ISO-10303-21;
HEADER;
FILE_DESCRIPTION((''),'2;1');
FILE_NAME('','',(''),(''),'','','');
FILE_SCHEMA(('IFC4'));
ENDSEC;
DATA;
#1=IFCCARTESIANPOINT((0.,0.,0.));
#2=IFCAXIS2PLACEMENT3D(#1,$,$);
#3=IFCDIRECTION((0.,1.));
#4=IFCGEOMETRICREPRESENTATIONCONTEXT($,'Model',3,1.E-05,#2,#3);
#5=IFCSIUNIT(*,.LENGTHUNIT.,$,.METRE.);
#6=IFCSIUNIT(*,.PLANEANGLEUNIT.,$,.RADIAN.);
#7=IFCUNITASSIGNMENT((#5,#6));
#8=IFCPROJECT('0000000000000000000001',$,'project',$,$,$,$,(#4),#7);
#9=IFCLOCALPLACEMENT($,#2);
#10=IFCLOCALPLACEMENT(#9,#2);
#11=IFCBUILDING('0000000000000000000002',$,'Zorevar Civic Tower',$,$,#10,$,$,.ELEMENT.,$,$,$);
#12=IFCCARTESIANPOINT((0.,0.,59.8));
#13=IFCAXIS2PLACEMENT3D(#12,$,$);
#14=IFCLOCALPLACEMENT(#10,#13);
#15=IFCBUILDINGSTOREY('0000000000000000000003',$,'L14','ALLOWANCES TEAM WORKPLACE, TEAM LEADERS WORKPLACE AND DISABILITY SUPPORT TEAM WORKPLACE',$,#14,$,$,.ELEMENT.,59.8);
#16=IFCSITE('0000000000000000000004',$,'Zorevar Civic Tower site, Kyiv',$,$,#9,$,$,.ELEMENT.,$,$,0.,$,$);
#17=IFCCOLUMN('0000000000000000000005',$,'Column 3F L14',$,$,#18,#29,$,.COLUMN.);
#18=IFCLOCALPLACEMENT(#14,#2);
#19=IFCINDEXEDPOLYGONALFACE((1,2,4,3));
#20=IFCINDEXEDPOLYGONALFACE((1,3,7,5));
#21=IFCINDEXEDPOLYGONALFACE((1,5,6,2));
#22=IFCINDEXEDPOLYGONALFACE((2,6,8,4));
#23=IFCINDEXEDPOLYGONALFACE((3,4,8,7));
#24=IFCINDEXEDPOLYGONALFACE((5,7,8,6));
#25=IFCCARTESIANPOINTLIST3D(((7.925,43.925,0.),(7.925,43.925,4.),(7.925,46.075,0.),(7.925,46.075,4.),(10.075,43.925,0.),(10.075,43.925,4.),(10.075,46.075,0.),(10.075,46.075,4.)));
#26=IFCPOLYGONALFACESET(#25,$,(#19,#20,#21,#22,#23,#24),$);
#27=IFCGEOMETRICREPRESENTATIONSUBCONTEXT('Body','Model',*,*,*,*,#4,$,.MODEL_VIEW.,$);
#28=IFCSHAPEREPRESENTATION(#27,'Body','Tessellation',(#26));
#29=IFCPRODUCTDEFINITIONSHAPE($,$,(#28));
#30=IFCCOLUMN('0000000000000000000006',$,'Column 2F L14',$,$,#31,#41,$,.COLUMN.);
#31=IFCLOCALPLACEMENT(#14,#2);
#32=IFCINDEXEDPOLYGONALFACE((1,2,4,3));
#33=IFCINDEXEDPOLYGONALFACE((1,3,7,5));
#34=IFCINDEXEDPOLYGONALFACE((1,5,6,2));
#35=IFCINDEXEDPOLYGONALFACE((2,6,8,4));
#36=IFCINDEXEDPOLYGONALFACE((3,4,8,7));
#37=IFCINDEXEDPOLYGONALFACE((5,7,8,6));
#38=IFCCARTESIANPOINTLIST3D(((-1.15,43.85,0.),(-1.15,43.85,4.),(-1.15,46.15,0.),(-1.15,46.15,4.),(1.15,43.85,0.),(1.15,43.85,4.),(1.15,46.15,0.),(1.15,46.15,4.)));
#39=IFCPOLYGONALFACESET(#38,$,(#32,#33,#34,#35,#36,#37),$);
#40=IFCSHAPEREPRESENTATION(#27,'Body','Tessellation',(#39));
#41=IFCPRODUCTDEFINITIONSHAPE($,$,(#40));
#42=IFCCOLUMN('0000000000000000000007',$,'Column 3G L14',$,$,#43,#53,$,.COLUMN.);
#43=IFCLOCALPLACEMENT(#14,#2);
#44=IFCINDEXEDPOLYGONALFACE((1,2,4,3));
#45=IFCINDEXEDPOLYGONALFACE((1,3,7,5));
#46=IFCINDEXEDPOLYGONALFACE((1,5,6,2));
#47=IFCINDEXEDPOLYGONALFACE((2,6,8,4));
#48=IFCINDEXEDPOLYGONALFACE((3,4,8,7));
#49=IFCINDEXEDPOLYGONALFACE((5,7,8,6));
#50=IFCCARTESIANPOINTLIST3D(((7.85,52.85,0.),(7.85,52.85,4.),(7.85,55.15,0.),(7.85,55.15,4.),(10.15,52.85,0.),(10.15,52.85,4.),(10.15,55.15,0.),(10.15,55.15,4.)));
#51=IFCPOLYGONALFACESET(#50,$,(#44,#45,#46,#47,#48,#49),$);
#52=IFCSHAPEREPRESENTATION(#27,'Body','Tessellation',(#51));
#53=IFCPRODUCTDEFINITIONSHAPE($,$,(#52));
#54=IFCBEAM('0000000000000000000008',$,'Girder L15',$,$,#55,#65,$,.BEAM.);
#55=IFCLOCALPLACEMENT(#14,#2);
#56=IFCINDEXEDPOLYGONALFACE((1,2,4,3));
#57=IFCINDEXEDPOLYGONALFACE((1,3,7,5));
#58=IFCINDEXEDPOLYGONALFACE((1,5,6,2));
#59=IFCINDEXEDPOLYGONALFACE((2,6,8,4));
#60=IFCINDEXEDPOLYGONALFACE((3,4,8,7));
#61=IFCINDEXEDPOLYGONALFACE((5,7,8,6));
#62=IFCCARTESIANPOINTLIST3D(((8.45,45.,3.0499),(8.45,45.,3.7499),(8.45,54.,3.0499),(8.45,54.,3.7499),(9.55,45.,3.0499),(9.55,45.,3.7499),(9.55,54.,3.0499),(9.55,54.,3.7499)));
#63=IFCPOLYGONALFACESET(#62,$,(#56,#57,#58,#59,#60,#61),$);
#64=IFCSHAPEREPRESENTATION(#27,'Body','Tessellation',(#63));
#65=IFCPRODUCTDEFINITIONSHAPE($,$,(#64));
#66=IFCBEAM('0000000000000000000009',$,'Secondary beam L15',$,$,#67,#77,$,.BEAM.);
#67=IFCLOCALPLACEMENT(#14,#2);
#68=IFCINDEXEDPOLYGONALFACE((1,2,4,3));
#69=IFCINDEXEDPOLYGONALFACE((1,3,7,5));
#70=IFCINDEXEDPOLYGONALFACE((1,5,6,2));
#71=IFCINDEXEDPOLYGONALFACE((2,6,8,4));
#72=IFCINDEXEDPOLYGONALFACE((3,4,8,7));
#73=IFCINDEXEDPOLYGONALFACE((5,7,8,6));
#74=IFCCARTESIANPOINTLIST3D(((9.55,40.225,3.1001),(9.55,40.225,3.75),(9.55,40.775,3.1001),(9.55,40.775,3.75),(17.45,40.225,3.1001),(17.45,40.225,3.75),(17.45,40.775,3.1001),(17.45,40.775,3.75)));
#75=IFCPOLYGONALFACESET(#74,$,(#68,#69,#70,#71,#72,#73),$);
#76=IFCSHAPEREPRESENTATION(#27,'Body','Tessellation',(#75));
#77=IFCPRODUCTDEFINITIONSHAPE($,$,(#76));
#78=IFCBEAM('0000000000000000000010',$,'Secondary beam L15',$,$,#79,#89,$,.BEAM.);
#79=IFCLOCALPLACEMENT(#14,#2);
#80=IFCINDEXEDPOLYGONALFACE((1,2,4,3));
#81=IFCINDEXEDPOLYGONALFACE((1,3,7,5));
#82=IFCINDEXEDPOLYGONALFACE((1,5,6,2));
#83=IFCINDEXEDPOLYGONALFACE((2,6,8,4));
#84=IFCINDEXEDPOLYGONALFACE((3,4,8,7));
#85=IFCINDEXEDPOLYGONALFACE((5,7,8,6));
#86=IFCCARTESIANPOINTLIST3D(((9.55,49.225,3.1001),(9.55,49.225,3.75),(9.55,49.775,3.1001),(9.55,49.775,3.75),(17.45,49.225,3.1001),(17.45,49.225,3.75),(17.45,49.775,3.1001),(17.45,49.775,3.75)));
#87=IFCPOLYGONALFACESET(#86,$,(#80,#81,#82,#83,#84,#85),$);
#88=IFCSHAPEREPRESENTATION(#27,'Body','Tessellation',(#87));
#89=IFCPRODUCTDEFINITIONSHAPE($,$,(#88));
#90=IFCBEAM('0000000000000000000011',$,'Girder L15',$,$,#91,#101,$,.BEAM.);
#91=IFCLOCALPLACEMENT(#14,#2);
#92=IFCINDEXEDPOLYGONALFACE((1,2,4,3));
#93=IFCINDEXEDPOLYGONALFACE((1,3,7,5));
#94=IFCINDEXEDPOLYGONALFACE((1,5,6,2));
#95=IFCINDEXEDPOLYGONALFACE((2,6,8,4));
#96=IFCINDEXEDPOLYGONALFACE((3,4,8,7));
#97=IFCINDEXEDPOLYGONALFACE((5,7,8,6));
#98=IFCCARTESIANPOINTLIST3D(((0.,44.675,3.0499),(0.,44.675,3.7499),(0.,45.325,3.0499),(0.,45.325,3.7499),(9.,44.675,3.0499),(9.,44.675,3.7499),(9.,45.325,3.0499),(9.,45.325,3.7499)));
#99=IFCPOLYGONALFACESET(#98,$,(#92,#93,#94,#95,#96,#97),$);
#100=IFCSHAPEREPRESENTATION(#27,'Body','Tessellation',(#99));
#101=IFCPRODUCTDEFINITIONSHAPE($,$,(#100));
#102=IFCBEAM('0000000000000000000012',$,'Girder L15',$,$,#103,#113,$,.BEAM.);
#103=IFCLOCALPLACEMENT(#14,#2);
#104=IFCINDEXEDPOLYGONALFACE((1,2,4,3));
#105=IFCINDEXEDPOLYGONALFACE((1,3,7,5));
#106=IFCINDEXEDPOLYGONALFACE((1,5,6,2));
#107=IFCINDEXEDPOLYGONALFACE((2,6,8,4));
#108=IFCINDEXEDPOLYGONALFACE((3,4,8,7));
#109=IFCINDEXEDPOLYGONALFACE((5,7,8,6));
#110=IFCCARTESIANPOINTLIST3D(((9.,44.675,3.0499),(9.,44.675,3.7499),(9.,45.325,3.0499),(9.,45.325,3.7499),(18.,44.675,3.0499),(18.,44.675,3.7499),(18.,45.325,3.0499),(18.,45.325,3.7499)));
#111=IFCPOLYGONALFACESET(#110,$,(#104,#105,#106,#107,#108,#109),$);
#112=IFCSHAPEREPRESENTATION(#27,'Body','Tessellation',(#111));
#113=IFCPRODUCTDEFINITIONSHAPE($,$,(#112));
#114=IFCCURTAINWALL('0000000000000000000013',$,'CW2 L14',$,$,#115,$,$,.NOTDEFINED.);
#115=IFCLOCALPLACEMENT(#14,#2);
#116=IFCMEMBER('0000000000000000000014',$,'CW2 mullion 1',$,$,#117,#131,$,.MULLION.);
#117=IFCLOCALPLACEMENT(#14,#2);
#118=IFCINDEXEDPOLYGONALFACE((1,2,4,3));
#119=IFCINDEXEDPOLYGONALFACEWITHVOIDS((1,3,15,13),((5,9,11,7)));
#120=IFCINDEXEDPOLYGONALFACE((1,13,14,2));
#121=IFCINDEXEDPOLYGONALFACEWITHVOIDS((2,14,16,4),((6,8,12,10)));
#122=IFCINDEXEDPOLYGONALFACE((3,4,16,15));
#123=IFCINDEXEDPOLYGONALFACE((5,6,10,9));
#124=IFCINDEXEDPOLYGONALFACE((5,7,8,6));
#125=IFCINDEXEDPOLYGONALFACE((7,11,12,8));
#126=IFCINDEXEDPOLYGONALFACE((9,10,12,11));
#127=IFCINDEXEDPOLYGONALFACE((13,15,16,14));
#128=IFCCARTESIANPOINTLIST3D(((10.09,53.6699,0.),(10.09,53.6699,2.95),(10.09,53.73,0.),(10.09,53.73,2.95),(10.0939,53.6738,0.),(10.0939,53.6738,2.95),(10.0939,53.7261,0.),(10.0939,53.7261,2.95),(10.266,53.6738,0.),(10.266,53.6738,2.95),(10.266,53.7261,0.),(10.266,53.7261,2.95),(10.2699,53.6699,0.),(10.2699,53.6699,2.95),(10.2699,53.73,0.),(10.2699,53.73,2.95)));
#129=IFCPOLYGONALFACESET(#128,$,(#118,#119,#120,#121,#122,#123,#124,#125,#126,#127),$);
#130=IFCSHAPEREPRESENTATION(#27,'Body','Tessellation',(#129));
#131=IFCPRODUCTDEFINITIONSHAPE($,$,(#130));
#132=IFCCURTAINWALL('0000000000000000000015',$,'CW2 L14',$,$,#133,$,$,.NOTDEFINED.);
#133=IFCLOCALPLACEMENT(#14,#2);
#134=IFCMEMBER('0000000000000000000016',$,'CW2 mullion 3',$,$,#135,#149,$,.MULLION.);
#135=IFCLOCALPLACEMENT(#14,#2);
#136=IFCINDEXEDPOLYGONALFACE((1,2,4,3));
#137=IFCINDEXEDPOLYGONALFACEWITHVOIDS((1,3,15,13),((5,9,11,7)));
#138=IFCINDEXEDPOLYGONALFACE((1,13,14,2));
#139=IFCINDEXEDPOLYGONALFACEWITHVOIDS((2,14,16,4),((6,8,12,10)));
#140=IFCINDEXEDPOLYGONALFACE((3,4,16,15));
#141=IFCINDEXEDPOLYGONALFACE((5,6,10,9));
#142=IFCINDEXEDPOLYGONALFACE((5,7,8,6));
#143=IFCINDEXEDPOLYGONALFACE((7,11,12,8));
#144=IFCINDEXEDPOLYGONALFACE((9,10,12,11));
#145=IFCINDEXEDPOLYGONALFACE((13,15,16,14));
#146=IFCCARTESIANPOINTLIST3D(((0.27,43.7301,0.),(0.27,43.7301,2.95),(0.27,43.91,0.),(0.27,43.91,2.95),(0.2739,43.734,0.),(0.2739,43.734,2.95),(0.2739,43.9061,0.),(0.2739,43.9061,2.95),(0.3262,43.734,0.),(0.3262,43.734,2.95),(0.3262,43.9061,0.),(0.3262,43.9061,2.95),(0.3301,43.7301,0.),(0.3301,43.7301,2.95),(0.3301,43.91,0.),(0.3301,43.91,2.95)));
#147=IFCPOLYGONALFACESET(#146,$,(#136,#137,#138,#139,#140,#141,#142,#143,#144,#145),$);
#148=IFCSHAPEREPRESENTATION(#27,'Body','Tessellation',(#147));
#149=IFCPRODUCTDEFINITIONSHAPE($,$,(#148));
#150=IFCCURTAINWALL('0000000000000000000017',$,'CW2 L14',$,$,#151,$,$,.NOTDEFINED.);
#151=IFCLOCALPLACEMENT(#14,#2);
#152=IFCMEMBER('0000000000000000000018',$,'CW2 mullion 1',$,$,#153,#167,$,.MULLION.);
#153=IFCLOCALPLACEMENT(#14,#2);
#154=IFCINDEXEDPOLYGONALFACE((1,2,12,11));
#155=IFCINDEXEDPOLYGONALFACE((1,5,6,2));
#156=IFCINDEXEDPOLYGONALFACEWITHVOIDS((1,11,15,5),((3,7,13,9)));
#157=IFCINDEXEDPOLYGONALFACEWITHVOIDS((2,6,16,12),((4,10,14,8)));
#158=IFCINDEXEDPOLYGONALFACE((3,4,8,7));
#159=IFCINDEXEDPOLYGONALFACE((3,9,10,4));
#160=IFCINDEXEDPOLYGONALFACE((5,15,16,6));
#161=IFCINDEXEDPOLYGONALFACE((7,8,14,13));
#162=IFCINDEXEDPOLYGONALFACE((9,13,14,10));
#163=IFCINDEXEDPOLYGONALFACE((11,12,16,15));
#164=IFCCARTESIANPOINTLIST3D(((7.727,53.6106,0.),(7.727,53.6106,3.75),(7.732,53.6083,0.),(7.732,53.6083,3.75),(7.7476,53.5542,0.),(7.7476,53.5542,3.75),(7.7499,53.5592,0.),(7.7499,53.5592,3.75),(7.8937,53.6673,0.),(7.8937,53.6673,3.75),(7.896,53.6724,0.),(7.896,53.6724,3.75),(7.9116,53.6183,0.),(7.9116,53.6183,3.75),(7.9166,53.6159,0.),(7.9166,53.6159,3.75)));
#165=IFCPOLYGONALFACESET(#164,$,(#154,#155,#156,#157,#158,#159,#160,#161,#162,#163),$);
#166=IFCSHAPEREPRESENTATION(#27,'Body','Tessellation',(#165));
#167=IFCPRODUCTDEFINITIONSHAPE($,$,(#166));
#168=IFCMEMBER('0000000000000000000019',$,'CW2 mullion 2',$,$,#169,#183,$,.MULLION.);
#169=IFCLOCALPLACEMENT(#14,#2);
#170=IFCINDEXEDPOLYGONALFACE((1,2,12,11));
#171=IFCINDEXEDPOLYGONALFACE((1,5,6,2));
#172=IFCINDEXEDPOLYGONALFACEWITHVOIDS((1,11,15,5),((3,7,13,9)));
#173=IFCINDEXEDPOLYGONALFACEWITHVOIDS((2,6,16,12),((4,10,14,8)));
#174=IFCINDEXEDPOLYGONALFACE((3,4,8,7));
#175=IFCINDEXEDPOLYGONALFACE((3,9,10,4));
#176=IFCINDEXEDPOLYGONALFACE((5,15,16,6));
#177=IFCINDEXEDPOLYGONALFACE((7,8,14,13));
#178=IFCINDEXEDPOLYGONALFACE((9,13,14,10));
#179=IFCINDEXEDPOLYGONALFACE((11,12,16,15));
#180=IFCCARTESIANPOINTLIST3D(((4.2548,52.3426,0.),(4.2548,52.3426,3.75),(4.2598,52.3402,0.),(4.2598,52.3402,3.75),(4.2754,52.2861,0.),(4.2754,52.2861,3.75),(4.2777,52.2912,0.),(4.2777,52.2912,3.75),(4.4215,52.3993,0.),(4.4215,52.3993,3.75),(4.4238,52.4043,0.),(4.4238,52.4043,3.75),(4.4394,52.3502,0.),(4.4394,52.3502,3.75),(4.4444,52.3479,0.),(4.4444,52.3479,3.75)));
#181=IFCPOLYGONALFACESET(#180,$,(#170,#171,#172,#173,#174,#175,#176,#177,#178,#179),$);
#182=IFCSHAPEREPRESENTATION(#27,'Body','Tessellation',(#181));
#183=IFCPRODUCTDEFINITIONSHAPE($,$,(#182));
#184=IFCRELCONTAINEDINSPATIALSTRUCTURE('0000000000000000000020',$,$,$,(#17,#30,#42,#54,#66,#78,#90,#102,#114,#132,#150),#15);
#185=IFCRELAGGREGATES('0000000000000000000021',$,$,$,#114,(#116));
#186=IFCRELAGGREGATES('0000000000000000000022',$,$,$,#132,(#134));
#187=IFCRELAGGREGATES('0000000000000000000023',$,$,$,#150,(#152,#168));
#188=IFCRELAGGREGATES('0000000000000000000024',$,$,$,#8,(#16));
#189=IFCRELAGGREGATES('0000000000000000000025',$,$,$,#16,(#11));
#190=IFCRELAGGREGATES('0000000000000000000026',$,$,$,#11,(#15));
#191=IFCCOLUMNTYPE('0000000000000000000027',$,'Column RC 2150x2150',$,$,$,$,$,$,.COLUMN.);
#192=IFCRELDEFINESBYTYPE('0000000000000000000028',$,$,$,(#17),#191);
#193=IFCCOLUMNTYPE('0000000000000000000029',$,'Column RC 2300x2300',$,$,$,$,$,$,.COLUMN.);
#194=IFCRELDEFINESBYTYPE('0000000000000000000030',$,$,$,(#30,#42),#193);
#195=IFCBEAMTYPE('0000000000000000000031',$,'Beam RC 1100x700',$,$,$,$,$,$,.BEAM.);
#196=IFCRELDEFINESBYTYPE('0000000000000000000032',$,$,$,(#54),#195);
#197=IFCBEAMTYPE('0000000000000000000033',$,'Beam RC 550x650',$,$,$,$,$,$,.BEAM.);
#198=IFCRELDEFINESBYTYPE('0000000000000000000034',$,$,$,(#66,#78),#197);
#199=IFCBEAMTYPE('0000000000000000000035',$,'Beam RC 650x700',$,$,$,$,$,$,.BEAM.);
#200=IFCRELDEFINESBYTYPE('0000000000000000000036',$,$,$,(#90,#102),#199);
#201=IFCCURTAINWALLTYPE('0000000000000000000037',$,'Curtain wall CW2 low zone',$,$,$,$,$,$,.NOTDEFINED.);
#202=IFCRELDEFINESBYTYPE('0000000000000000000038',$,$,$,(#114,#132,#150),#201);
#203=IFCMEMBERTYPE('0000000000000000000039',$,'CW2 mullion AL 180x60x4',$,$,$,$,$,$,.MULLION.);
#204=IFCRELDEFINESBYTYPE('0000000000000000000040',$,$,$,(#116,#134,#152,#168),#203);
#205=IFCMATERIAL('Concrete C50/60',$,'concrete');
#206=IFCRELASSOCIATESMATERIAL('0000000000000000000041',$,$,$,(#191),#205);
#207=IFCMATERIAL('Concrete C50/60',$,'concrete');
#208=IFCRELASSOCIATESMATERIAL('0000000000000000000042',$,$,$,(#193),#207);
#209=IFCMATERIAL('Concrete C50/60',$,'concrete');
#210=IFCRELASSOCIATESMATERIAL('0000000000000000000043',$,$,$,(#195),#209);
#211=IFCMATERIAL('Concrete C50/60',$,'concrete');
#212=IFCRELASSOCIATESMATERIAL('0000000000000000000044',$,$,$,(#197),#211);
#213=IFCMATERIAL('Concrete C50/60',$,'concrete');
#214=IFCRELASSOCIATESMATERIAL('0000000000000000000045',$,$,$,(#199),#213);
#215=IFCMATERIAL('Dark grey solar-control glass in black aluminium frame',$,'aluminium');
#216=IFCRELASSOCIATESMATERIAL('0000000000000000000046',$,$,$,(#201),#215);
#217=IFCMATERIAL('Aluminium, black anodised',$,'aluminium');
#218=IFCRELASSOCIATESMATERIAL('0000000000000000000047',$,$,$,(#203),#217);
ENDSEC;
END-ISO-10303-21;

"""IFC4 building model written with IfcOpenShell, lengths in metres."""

from ifc_helpers import new_model, si_unit, direction, frame, origin, origin_2d, place, context, subcontext, project, spatial, rectangle, hollow_rectangle, extrude, material, material_profile, profile_set, type_object, element, aggregate, save


model = new_model("IFC4")

# Units and contexts
model_context = context("Model", 3, precision=1e-05, world=origin(), true_north=direction((0.0, 1.0)))
body_context = subcontext(model_context, "Body", "Model", "MODEL_VIEW")
ifc_project = project(units=[si_unit("LENGTHUNIT", "METRE"), si_unit("PLANEANGLEUNIT", "RADIAN")], contexts=[model_context])

# Site, building, storey
site_placement = place(None, origin())
site = spatial("IfcSite", under=ifc_project, at=site_placement, Name="Zorevar Civic Tower site, Kyiv", CompositionType="ELEMENT", RefElevation=0.0)
building_placement = place(site_placement, origin())
building = spatial("IfcBuilding", under=site, at=building_placement, Name="Zorevar Civic Tower", CompositionType="ELEMENT")
storey_placement = place(building_placement, frame((0.0, 0.0, 59.8)))
storey = spatial("IfcBuildingStorey", under=building, at=storey_placement, Name="L14", Description="ALLOWANCES TEAM WORKPLACE, TEAM LEADERS WORKPLACE AND DISABILITY SUPPORT TEAM WORKPLACE", CompositionType="ELEMENT", Elevation=59.8)

# Columns
ifc_material_1 = material(Name="Concrete C50/60", Category="concrete")
ifc_material_profile_1 = material_profile(ifc_material_1, rectangle(XDim=2.1499, YDim=2.1499, at=origin_2d()), Name="RC 2150x2150")
ifc_profile_set_1 = profile_set([ifc_material_profile_1], Name="Concrete C50/60")
column_type_1 = type_object("IfcColumnType", Name="Column RC 2150x2150", PredefinedType="COLUMN", material=ifc_profile_set_1)
column_placement = place(storey_placement, frame((9.0, 45.0, 0.0), z_axis=(0.0, 0.0, 1.0), x_axis=(1.0, 0.0, 0.0)))
element("IfcColumn", 1, at=column_placement, inside=storey, type_object=column_type_1, Name="Column 3F L14", PredefinedType="COLUMN", context=body_context, shape_type="SweptSolid", body=[
    extrude(rectangle(XDim=2.1499, YDim=2.1499, at=origin_2d()), origin(), (0.0, 0.0, 1.0), 4.0),
])
ifc_material_2 = material(Name="Concrete C50/60", Category="concrete")
ifc_material_profile_2 = material_profile(ifc_material_2, rectangle(XDim=2.3, YDim=2.3, at=origin_2d()), Name="RC 2300x2300")
ifc_profile_set_2 = profile_set([ifc_material_profile_2], Name="Concrete C50/60")
column_type_2 = type_object("IfcColumnType", Name="Column RC 2300x2300", PredefinedType="COLUMN", material=ifc_profile_set_2)
for number, where, z_axis, x_axis, name in (
    (2, (0.0, 45.0, 0.0), (0.0, 0.0, 1.0), (1.0, 0.0, 0.0), "Column 2F L14"),
    (3, (9.0, 54.0, 0.0), (0.0, 0.0, 1.0), (1.0, 0.0, 0.0), "Column 3G L14"),
):
    element("IfcColumn", number, at=place(storey_placement, frame(where, z_axis=z_axis, x_axis=x_axis)), inside=storey, type_object=column_type_2, Name=name, PredefinedType="COLUMN", context=body_context, shape_type="SweptSolid", body=[
        extrude(rectangle(XDim=2.3, YDim=2.3, at=origin_2d()), origin(), (0.0, 0.0, 1.0), 4.0),
    ])

# Beams
ifc_material_3 = material(Name="Concrete C50/60", Category="concrete")
ifc_material_profile_3 = material_profile(ifc_material_3, rectangle(XDim=1.1001, YDim=0.7, at=origin_2d()), Name="RC 1100x700")
ifc_profile_set_3 = profile_set([ifc_material_profile_3], Name="Concrete C50/60")
beam_type_1 = type_object("IfcBeamType", Name="Beam RC 1100x700", PredefinedType="BEAM", material=ifc_profile_set_3)
beam_1_placement = place(storey_placement, frame((9.0, 45.0, 3.3999), z_axis=(0.0, 1.0, 0.0), x_axis=(-1.0, 0.0, 0.0)))
element("IfcBeam", 4, at=beam_1_placement, inside=storey, type_object=beam_type_1, Name="Girder L15", PredefinedType="BEAM", context=body_context, shape_type="SweptSolid", body=[
    extrude(rectangle(XDim=1.1001, YDim=0.7, at=origin_2d()), origin(), (0.0, 0.0, 1.0), 9.0),
])
ifc_material_4 = material(Name="Concrete C50/60", Category="concrete")
ifc_material_profile_4 = material_profile(ifc_material_4, rectangle(XDim=0.55, YDim=0.6499, at=origin_2d()), Name="RC 550x650")
ifc_profile_set_4 = profile_set([ifc_material_profile_4], Name="Concrete C50/60")
beam_type_2 = type_object("IfcBeamType", Name="Beam RC 550x650", PredefinedType="BEAM", material=ifc_profile_set_4)
for number, where, z_axis, x_axis, name in (
    (5, (9.55, 40.5, 3.425), (1.0, 0.0, 0.0), (0.0, 1.0, 0.0), "Secondary beam L15"),
    (6, (9.55, 49.5, 3.425), (1.0, 0.0, 0.0), (0.0, 1.0, 0.0), "Secondary beam L15"),
):
    element("IfcBeam", number, at=place(storey_placement, frame(where, z_axis=z_axis, x_axis=x_axis)), inside=storey, type_object=beam_type_2, Name=name, PredefinedType="BEAM", context=body_context, shape_type="SweptSolid", body=[
        extrude(rectangle(XDim=0.55, YDim=0.6499, at=origin_2d()), origin(), (0.0, 0.0, 1.0), 7.8999),
    ])
ifc_material_5 = material(Name="Concrete C50/60", Category="concrete")
ifc_material_profile_5 = material_profile(ifc_material_5, rectangle(XDim=0.6499, YDim=0.7, at=origin_2d()), Name="RC 650x700")
ifc_profile_set_5 = profile_set([ifc_material_profile_5], Name="Concrete C50/60")
beam_type_3 = type_object("IfcBeamType", Name="Beam RC 650x700", PredefinedType="BEAM", material=ifc_profile_set_5)
for number, where, z_axis, x_axis, name in (
    (7, (0.0, 45.0, 3.3999), (1.0, 0.0, 0.0), (0.0, 1.0, 0.0), "Girder L15"),
    (8, (9.0, 45.0, 3.3999), (1.0, 0.0, 0.0), (0.0, 1.0, 0.0), "Girder L15"),
):
    element("IfcBeam", number, at=place(storey_placement, frame(where, z_axis=z_axis, x_axis=x_axis)), inside=storey, type_object=beam_type_3, Name=name, PredefinedType="BEAM", context=body_context, shape_type="SweptSolid", body=[
        extrude(rectangle(XDim=0.6499, YDim=0.7, at=origin_2d()), origin(), (0.0, 0.0, 1.0), 9.0),
    ])

# Curtain walls, members
ifc_material_6 = material(Name="Dark grey solar-control glass in black aluminium frame", Category="aluminium")
curtain_wall_type = type_object("IfcCurtainWallType", Name="Curtain wall CW2 low zone", PredefinedType="NOTDEFINED", material=ifc_material_6)
curtain_wall_1_placement = place(storey_placement, origin())
curtain_wall_1 = element("IfcCurtainWall", 9, at=curtain_wall_1_placement, inside=storey, type_object=curtain_wall_type, Name="CW2 L14", PredefinedType="NOTDEFINED")
ifc_material_7 = material(Name="Aluminium, black anodised", Category="aluminium")
ifc_material_profile_6 = material_profile(ifc_material_7, hollow_rectangle(XDim=0.0601, YDim=0.1799, WallThickness=0.0039, at=origin_2d()), Name="AL 180x60x4")
ifc_profile_set_6 = profile_set([ifc_material_profile_6], Name="Aluminium, black anodised")
member_type_1 = type_object("IfcMemberType", Name="CW2 mullion AL 180x60x4", PredefinedType="MULLION", material=ifc_profile_set_6)
member_1_placement = place(storey_placement, frame((10.1799, 53.7, 0.0), z_axis=(0.0, 0.0, 1.0), x_axis=(0.0, 1.0, 0.0)))
member_1 = element("IfcMember", 10, at=member_1_placement, type_object=member_type_1, Name="CW2 mullion 1", PredefinedType="MULLION", context=body_context, shape_type="SweptSolid", body=[
    extrude(hollow_rectangle(XDim=0.0601, YDim=0.1799, WallThickness=0.0039, at=origin_2d()), origin(), (0.0, 0.0, 1.0), 2.95),
])
aggregate(curtain_wall_1, [member_1])
curtain_wall_2_placement = place(storey_placement, origin())
curtain_wall_2 = element("IfcCurtainWall", 11, at=curtain_wall_2_placement, inside=storey, type_object=curtain_wall_type, Name="CW2 L14", PredefinedType="NOTDEFINED")
member_2_placement = place(storey_placement, frame((0.3, 43.8201, 0.0), z_axis=(0.0, 0.0, 1.0), x_axis=(-1.0, 0.0, 0.0)))
member_2 = element("IfcMember", 12, at=member_2_placement, type_object=member_type_1, Name="CW2 mullion 3", PredefinedType="MULLION", context=body_context, shape_type="SweptSolid", body=[
    extrude(hollow_rectangle(XDim=0.0601, YDim=0.1799, WallThickness=0.0039, at=origin_2d()), origin(), (0.0, 0.0, 1.0), 2.95),
])

# Curtain wall, members
curtain_wall_3_placement = place(storey_placement, origin())
curtain_wall_3 = element("IfcCurtainWall", 13, at=curtain_wall_3_placement, inside=storey, type_object=curtain_wall_type, Name="CW2 L14", PredefinedType="NOTDEFINED")
member_3_placement = place(storey_placement, frame((7.8218, 53.6133, 0.0), z_axis=(0.0, 0.0, 1.0), x_axis=(0.34306, -0.939313, 0.0)))
member_3 = element("IfcMember", 14, at=member_3_placement, type_object=member_type_1, Name="CW2 mullion 1", PredefinedType="MULLION", context=body_context, shape_type="SweptSolid", body=[
    extrude(hollow_rectangle(XDim=0.0601, YDim=0.1799, WallThickness=0.0039, at=origin_2d()), origin(), (0.0, 0.0, 1.0), 3.75),
])
member_4_placement = place(storey_placement, frame((4.3496, 52.3452, 0.0), z_axis=(0.0, 0.0, 1.0), x_axis=(0.34306, -0.939313, 0.0)))
member_4 = element("IfcMember", 15, at=member_4_placement, type_object=member_type_1, Name="CW2 mullion 2", PredefinedType="MULLION", context=body_context, shape_type="SweptSolid", body=[
    extrude(hollow_rectangle(XDim=0.0601, YDim=0.1799, WallThickness=0.0039, at=origin_2d()), origin(), (0.0, 0.0, 1.0), 3.75),
])

aggregate(curtain_wall_2, [member_2])
aggregate(curtain_wall_3, [member_3, member_4])

save(model, "model.ifc")
